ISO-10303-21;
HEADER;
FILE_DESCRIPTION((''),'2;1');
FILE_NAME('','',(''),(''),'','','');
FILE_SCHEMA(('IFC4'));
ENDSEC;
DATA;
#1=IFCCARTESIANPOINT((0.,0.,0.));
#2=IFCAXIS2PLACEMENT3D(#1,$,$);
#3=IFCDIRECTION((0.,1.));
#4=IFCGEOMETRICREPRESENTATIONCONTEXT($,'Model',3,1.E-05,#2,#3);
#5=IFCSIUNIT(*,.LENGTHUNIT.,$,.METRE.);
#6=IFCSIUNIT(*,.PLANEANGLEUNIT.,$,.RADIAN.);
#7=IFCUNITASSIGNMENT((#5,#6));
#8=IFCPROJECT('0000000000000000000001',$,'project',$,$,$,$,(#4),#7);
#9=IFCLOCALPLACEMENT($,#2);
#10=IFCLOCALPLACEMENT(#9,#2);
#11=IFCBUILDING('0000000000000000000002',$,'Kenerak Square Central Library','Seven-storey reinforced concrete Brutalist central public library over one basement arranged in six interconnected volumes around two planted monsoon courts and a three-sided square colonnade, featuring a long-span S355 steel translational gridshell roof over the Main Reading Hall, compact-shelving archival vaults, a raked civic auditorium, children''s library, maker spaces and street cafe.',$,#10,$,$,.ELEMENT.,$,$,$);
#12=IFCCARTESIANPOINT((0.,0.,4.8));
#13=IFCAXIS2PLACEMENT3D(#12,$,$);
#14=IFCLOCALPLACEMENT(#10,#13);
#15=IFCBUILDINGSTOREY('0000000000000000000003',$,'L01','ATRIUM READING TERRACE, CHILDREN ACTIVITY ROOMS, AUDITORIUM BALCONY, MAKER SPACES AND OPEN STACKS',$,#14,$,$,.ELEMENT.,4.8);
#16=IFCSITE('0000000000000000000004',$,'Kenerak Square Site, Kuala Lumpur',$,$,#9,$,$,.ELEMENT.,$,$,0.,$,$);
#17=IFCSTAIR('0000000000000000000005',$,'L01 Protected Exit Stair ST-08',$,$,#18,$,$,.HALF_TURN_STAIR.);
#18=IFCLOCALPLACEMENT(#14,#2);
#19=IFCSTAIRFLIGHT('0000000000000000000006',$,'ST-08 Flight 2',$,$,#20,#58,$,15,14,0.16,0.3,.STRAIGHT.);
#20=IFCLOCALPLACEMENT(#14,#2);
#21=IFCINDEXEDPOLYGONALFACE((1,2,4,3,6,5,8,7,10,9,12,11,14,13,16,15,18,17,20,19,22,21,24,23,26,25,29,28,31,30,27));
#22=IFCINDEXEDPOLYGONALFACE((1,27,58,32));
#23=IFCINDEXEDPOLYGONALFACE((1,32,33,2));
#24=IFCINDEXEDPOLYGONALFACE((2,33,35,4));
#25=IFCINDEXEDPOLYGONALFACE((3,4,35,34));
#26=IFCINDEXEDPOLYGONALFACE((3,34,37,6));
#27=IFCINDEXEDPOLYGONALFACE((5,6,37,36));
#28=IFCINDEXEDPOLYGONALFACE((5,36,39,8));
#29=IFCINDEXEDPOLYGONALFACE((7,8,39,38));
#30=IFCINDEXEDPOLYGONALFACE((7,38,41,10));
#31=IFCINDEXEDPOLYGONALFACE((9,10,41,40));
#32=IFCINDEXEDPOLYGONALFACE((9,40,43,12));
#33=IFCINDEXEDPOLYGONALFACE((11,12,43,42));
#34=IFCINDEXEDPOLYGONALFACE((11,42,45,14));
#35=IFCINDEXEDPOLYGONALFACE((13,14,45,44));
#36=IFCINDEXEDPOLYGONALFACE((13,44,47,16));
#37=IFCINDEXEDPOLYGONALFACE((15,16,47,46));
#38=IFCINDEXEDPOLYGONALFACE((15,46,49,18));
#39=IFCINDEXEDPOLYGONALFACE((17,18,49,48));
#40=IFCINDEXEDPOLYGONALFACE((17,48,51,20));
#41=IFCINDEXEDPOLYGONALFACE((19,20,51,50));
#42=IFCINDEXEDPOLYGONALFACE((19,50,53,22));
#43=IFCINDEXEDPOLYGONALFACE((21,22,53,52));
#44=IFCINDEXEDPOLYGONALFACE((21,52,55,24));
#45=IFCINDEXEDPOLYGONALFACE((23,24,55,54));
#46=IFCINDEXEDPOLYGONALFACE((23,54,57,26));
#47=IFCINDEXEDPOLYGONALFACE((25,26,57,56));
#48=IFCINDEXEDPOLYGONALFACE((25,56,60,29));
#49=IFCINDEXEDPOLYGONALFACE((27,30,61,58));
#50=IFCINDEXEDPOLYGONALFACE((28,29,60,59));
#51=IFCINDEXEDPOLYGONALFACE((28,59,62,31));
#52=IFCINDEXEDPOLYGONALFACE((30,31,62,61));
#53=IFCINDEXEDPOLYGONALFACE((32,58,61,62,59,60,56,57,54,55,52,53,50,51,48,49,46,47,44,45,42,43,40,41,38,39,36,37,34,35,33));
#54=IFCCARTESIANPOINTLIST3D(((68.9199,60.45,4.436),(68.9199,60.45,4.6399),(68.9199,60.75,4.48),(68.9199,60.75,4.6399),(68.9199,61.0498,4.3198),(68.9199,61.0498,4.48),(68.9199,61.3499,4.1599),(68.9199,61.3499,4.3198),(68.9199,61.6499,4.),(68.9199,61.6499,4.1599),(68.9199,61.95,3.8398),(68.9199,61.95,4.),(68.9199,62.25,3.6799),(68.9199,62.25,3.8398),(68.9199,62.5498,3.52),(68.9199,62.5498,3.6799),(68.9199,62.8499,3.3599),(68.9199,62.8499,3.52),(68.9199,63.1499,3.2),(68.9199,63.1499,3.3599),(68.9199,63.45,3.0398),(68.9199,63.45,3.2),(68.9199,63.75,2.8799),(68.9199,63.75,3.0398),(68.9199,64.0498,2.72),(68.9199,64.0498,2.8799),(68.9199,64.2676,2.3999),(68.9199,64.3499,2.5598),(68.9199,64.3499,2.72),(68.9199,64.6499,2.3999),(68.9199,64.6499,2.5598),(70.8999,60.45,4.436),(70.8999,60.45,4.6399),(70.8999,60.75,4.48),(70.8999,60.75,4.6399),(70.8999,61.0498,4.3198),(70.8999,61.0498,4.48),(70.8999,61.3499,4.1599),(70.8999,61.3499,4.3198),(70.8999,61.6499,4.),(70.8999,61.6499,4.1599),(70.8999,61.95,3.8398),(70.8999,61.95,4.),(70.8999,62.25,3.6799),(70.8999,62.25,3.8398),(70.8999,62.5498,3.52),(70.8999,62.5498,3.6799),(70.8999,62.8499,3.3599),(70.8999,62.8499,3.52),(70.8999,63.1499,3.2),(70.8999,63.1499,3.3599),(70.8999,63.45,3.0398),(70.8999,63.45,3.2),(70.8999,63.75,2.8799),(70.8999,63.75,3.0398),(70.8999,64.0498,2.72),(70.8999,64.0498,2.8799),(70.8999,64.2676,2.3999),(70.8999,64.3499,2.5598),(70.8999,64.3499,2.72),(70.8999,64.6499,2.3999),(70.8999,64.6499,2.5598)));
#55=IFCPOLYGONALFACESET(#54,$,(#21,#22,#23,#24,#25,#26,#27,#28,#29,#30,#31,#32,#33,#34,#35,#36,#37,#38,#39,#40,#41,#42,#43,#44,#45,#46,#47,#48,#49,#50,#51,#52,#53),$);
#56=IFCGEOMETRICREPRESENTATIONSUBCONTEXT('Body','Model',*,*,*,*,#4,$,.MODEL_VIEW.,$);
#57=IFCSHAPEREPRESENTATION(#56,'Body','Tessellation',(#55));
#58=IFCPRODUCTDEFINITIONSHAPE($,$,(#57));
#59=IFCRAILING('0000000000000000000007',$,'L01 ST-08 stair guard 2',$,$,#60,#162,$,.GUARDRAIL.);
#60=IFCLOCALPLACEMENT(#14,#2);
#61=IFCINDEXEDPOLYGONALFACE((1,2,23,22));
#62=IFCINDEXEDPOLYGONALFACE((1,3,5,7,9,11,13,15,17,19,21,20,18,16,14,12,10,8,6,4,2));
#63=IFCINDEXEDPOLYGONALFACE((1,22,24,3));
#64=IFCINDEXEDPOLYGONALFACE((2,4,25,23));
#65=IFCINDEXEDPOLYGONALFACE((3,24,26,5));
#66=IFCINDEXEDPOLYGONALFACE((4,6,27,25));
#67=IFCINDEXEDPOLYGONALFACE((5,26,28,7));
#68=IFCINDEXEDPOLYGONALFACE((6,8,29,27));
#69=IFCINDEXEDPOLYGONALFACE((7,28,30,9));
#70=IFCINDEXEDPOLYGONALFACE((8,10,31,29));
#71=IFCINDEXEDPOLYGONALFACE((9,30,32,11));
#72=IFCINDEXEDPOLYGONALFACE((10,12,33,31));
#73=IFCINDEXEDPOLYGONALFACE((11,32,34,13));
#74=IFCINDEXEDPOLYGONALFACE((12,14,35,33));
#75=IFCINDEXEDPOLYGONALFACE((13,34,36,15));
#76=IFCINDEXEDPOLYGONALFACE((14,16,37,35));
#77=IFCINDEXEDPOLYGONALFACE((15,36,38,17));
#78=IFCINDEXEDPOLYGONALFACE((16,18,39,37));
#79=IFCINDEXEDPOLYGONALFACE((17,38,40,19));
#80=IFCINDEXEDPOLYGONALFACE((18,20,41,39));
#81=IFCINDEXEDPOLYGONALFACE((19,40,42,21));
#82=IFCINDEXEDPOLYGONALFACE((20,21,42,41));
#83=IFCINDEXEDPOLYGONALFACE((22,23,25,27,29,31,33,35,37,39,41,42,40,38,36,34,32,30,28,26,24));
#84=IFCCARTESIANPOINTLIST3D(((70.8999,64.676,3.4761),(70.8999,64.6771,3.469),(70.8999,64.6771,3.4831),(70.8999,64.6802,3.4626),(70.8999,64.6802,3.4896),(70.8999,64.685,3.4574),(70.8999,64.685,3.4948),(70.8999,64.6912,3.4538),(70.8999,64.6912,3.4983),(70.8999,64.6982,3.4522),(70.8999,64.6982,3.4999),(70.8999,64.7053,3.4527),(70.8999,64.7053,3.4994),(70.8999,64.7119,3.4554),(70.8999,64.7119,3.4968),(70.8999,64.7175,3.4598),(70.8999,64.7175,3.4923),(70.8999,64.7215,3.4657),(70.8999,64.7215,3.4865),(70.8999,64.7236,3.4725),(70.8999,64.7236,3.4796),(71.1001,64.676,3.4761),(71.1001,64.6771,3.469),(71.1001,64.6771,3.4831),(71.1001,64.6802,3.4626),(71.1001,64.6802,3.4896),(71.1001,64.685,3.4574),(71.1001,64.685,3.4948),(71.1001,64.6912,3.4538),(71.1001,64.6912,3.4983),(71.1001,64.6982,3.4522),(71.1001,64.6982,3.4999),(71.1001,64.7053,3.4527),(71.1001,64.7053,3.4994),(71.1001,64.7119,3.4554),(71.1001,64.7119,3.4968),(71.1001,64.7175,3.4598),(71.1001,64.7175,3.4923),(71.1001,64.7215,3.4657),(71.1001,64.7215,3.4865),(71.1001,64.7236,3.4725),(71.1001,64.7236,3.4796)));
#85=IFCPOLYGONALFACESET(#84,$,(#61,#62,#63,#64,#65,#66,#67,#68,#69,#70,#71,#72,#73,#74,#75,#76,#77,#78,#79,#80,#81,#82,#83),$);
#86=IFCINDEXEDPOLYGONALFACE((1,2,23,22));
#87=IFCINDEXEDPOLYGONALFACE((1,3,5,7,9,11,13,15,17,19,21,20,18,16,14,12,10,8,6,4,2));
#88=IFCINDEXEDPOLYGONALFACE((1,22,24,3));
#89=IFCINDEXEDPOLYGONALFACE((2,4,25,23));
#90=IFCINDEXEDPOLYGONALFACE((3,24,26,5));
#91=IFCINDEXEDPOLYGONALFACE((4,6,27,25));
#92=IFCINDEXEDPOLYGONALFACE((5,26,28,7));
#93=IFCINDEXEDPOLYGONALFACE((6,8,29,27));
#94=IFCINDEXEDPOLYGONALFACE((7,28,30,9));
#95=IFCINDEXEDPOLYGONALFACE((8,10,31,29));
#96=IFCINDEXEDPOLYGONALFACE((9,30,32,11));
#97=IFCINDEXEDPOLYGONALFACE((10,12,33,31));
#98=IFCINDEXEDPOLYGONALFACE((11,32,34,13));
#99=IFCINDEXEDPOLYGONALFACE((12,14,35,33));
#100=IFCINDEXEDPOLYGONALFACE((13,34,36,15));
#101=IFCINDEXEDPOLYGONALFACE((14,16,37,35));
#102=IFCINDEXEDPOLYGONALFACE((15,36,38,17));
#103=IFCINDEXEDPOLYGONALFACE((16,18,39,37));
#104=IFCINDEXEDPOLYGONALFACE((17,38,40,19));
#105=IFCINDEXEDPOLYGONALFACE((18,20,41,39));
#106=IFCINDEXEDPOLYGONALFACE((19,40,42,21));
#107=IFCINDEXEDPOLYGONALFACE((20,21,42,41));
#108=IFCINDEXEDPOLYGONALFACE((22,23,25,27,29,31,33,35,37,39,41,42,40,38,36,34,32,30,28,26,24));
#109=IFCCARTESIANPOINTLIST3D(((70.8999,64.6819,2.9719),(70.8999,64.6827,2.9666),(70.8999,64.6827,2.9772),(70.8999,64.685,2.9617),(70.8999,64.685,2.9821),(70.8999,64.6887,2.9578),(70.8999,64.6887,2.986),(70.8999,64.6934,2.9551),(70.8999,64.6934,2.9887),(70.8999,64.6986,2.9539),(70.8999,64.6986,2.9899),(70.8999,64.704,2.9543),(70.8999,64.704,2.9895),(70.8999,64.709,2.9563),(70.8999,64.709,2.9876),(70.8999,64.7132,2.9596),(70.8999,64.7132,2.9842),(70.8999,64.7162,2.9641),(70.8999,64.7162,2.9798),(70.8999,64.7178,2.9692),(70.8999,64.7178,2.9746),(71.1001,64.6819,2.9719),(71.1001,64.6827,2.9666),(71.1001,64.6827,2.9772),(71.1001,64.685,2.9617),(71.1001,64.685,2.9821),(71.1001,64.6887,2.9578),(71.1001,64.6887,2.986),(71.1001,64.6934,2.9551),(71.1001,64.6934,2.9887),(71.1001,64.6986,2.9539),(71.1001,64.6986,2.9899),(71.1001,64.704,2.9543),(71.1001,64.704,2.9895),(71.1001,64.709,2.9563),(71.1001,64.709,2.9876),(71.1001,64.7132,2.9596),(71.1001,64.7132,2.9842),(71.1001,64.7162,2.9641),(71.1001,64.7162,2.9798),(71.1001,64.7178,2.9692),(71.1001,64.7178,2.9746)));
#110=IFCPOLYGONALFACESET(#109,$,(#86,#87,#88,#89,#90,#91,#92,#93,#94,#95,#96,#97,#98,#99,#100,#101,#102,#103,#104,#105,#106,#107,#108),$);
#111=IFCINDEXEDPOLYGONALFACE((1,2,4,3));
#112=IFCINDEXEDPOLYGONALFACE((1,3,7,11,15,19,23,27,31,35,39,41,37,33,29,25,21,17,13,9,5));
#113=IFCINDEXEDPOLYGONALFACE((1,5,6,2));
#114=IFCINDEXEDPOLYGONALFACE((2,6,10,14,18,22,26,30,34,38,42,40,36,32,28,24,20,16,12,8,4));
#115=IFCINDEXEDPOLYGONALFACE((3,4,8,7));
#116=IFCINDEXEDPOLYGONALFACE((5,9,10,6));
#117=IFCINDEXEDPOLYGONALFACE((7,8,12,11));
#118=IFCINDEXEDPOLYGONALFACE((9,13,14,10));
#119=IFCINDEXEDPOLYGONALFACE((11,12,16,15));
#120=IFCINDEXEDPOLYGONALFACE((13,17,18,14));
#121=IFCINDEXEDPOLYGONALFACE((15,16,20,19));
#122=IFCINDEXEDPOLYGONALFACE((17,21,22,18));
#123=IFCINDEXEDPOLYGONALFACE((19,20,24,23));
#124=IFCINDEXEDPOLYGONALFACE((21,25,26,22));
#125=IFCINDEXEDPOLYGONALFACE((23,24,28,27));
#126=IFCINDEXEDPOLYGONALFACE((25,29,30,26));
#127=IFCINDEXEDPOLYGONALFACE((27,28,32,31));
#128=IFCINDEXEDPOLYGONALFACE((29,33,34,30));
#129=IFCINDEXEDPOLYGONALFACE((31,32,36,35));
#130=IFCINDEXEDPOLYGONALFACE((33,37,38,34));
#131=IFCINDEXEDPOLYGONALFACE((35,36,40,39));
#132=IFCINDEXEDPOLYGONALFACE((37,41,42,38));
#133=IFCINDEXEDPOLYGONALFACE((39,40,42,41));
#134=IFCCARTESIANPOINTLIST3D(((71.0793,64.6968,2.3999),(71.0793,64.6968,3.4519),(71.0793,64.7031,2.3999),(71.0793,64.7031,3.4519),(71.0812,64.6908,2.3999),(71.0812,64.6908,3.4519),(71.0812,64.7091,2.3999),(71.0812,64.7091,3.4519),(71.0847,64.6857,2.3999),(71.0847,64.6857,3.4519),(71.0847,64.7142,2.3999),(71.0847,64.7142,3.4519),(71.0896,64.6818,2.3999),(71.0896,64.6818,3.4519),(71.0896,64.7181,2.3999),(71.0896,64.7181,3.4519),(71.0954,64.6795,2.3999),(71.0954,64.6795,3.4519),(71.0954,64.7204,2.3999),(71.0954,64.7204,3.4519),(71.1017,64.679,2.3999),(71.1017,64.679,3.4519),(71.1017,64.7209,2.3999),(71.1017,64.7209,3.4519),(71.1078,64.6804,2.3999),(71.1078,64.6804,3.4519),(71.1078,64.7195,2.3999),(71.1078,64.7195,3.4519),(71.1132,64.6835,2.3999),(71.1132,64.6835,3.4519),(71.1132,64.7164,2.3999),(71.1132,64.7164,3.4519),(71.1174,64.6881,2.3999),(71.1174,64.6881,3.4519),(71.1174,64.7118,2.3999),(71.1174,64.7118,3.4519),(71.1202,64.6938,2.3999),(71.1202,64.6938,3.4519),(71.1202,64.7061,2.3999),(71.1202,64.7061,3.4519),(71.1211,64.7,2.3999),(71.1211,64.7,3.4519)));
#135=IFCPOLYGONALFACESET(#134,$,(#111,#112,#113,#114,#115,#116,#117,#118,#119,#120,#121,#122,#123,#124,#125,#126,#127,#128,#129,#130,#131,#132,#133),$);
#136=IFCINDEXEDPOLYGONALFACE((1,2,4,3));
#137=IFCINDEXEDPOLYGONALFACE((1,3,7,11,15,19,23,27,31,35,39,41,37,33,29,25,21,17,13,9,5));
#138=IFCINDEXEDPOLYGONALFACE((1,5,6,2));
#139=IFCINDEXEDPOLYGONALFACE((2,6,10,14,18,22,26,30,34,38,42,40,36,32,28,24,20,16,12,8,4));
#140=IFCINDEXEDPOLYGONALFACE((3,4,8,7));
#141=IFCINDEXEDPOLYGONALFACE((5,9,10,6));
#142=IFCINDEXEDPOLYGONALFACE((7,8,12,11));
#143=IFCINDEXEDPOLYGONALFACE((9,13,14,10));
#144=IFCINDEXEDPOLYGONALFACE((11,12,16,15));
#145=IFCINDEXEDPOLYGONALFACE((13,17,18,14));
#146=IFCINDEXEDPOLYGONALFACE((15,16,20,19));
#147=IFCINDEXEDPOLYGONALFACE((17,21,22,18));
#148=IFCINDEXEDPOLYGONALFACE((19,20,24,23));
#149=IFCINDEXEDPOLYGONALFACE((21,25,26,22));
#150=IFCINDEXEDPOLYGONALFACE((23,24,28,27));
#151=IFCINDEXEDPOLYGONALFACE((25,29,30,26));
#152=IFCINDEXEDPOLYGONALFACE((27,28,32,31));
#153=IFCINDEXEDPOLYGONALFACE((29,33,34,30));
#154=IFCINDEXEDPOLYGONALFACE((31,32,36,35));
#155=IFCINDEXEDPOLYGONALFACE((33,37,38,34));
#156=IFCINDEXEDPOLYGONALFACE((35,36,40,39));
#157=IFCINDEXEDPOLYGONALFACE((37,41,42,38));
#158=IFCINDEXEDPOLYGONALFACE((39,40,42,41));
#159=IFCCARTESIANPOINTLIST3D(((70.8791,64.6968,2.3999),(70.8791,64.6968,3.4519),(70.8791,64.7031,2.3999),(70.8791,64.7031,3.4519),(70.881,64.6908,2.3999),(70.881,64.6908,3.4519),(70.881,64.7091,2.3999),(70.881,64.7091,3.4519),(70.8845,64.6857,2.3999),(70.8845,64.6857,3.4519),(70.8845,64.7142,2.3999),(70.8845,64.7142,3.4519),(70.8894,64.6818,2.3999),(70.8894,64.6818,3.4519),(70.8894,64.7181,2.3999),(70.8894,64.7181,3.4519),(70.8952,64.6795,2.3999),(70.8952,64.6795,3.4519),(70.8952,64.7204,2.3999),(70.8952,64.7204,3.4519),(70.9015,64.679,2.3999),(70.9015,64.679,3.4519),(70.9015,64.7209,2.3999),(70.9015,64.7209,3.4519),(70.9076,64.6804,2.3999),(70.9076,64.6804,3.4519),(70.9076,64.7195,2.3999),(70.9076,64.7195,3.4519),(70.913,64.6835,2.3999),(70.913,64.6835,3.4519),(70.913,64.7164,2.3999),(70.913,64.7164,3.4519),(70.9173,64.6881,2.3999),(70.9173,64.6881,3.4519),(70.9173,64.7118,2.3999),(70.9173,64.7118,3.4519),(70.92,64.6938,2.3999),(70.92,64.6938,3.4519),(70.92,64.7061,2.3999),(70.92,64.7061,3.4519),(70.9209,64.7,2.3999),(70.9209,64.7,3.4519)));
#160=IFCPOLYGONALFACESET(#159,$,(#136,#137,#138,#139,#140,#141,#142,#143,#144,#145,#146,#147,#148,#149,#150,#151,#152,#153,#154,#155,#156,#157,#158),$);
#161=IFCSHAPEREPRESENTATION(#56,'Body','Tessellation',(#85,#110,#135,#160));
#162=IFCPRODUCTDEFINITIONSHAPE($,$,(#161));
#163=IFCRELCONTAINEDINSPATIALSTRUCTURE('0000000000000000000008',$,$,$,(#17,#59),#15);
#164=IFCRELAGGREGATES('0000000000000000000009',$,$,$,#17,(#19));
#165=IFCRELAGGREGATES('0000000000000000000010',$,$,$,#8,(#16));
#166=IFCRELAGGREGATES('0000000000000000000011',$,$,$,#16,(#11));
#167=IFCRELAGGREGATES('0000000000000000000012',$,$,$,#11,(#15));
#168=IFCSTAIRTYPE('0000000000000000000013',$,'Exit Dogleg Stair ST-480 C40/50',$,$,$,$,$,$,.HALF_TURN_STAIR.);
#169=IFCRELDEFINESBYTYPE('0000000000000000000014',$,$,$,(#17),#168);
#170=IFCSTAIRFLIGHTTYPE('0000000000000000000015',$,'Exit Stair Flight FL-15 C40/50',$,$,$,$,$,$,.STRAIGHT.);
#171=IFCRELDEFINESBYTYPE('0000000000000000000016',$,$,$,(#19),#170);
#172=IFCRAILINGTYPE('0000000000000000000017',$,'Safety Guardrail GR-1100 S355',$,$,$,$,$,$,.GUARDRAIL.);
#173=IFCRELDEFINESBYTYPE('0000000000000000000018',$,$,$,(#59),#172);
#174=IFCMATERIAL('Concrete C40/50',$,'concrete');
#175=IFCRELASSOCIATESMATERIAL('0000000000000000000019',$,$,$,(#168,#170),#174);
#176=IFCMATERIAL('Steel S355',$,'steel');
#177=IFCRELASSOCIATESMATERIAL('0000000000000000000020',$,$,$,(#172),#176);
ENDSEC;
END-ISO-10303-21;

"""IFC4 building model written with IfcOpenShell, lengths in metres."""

from ifc_helpers import new_model, si_unit, direction, frame, origin, origin_2d, place, context, subcontext, project, spatial, polyline, circle, outline, extrude, material, type_object, element, aggregate, save


model = new_model("IFC4")

# Units and contexts
model_context = context("Model", 3, precision=1e-05, world=origin(), true_north=direction((0.0, 1.0)))
body_context = subcontext(model_context, "Body", "Model", "MODEL_VIEW")
ifc_project = project(units=[si_unit("LENGTHUNIT", "METRE"), si_unit("PLANEANGLEUNIT", "RADIAN")], contexts=[model_context])

# Site, building, storey
site_placement = place(None, origin())
site = spatial("IfcSite", under=ifc_project, at=site_placement, Name="Kenerak Square Site, Kuala Lumpur", CompositionType="ELEMENT", RefElevation=0.0)
building_placement = place(site_placement, origin())
building = spatial("IfcBuilding", under=site, at=building_placement, Name="Kenerak Square Central Library", Description="Seven-storey reinforced concrete Brutalist central public library over one basement arranged in six interconnected volumes around two planted monsoon courts and a three-sided square colonnade, featuring a long-span S355 steel translational gridshell roof over the Main Reading Hall, compact-shelving archival vaults, a raked civic auditorium, children's library, maker spaces and street cafe.", CompositionType="ELEMENT")
storey_placement = place(building_placement, frame((0.0, 0.0, 4.8)))
storey = spatial("IfcBuildingStorey", under=building, at=storey_placement, Name="L01", Description="ATRIUM READING TERRACE, CHILDREN ACTIVITY ROOMS, AUDITORIUM BALCONY, MAKER SPACES AND OPEN STACKS", CompositionType="ELEMENT", Elevation=4.8)

# Shared definitions
ifc_material_1 = material(Name="Concrete C40/50", Category="concrete")

# Stair, stair flight
stair_type = type_object("IfcStairType", Name="Exit Dogleg Stair ST-480 C40/50", PredefinedType="HALF_TURN_STAIR", material=ifc_material_1)
stair_placement = place(storey_placement, origin())
stair = element("IfcStair", 1, at=stair_placement, inside=storey, type_object=stair_type, Name="L01 Protected Exit Stair ST-08", PredefinedType="HALF_TURN_STAIR")
stair_flight_type = type_object("IfcStairFlightType", Name="Exit Stair Flight FL-15 C40/50", PredefinedType="STRAIGHT", material=ifc_material_1)
stair_flight_placement = place(storey_placement, frame((69.9099, 64.6499, 2.3999), z_axis=(0.0, 0.0, 1.0), x_axis=(0.0, -1.0, 0.0)))
stair_flight = element("IfcStairFlight", 2, at=stair_flight_placement, type_object=stair_flight_type, Name="ST-08 Flight 2", NumberOfRisers=15, NumberOfTreads=14, PredefinedType="STRAIGHT", RiserHeight=0.16, TreadLength=0.3, context=body_context, shape_type="SweptSolid", body=[
    extrude(outline(polyline([(0.0, 0.0), (0.0, 0.1599), (0.3, 0.1599), (0.3, 0.3201), (0.6001, 0.3201), (0.6001, 0.48), (0.8999, 0.48), (0.8999, 0.6399), (1.2, 0.6399), (1.2, 0.8), (1.5, 0.8), (1.5, 0.96), (1.8, 0.96), (1.8, 1.1201), (2.1001, 1.1201), (2.1001, 1.28), (2.3999, 1.28), (2.3999, 1.4399), (2.7, 1.4399), (2.7, 1.6001), (3.0, 1.6001), (3.0, 1.76), (3.3, 1.76), (3.3, 1.9199), (3.6001, 1.9199), (3.6001, 2.0801), (3.8999, 2.0801), (3.8999, 2.24), (4.2, 2.24), (4.2, 2.3999), (4.2, 2.0361), (0.3823, 0.0), (0.0, 0.0)])), frame((0.0, 0.99, 0.0), z_axis=(0.0, -1.0, 0.0), x_axis=(1.0, 0.0, 0.0)), (0.0, 0.0, 1.0), 1.98),
])
aggregate(stair, [stair_flight])

# Railing
ifc_material_2 = material(Name="Steel S355", Category="steel")
railing_type_1 = type_object("IfcRailingType", Name="Safety Guardrail GR-1100 S355", PredefinedType="GUARDRAIL", material=ifc_material_2)
railing_1_placement = place(storey_placement, frame((71.1001, 64.7, 2.3999)))
element("IfcRailing", 3, at=railing_1_placement, inside=storey, type_object=railing_type_1, Name="L01 ST-08 stair guard 2", PredefinedType="GUARDRAIL", context=body_context, shape_type="SweptSolid", body=[
    extrude(circle(Radius=0.0239, at=origin_2d()), frame((0.0, 0.0, 1.0762), z_axis=(-1.0, 0.0, 0.0), x_axis=(0.0, -1.0, 0.0)), (0.0, 0.0, 1.0), 0.2002),
    extrude(circle(Radius=0.0181, at=origin_2d()), frame((0.0, 0.0, 0.572), z_axis=(-1.0, 0.0, 0.0), x_axis=(0.0, -1.0, 0.0)), (0.0, 0.0, 1.0), 0.2002),
    extrude(circle(Radius=0.021, at=origin_2d()), origin(), (0.0, 0.0, 1.0), 1.052),
    extrude(circle(Radius=0.021, at=origin_2d()), frame((-0.2002, 0.0, 0.0)), (0.0, 0.0, 1.0), 1.052),
])

save(model, "model.ifc")
